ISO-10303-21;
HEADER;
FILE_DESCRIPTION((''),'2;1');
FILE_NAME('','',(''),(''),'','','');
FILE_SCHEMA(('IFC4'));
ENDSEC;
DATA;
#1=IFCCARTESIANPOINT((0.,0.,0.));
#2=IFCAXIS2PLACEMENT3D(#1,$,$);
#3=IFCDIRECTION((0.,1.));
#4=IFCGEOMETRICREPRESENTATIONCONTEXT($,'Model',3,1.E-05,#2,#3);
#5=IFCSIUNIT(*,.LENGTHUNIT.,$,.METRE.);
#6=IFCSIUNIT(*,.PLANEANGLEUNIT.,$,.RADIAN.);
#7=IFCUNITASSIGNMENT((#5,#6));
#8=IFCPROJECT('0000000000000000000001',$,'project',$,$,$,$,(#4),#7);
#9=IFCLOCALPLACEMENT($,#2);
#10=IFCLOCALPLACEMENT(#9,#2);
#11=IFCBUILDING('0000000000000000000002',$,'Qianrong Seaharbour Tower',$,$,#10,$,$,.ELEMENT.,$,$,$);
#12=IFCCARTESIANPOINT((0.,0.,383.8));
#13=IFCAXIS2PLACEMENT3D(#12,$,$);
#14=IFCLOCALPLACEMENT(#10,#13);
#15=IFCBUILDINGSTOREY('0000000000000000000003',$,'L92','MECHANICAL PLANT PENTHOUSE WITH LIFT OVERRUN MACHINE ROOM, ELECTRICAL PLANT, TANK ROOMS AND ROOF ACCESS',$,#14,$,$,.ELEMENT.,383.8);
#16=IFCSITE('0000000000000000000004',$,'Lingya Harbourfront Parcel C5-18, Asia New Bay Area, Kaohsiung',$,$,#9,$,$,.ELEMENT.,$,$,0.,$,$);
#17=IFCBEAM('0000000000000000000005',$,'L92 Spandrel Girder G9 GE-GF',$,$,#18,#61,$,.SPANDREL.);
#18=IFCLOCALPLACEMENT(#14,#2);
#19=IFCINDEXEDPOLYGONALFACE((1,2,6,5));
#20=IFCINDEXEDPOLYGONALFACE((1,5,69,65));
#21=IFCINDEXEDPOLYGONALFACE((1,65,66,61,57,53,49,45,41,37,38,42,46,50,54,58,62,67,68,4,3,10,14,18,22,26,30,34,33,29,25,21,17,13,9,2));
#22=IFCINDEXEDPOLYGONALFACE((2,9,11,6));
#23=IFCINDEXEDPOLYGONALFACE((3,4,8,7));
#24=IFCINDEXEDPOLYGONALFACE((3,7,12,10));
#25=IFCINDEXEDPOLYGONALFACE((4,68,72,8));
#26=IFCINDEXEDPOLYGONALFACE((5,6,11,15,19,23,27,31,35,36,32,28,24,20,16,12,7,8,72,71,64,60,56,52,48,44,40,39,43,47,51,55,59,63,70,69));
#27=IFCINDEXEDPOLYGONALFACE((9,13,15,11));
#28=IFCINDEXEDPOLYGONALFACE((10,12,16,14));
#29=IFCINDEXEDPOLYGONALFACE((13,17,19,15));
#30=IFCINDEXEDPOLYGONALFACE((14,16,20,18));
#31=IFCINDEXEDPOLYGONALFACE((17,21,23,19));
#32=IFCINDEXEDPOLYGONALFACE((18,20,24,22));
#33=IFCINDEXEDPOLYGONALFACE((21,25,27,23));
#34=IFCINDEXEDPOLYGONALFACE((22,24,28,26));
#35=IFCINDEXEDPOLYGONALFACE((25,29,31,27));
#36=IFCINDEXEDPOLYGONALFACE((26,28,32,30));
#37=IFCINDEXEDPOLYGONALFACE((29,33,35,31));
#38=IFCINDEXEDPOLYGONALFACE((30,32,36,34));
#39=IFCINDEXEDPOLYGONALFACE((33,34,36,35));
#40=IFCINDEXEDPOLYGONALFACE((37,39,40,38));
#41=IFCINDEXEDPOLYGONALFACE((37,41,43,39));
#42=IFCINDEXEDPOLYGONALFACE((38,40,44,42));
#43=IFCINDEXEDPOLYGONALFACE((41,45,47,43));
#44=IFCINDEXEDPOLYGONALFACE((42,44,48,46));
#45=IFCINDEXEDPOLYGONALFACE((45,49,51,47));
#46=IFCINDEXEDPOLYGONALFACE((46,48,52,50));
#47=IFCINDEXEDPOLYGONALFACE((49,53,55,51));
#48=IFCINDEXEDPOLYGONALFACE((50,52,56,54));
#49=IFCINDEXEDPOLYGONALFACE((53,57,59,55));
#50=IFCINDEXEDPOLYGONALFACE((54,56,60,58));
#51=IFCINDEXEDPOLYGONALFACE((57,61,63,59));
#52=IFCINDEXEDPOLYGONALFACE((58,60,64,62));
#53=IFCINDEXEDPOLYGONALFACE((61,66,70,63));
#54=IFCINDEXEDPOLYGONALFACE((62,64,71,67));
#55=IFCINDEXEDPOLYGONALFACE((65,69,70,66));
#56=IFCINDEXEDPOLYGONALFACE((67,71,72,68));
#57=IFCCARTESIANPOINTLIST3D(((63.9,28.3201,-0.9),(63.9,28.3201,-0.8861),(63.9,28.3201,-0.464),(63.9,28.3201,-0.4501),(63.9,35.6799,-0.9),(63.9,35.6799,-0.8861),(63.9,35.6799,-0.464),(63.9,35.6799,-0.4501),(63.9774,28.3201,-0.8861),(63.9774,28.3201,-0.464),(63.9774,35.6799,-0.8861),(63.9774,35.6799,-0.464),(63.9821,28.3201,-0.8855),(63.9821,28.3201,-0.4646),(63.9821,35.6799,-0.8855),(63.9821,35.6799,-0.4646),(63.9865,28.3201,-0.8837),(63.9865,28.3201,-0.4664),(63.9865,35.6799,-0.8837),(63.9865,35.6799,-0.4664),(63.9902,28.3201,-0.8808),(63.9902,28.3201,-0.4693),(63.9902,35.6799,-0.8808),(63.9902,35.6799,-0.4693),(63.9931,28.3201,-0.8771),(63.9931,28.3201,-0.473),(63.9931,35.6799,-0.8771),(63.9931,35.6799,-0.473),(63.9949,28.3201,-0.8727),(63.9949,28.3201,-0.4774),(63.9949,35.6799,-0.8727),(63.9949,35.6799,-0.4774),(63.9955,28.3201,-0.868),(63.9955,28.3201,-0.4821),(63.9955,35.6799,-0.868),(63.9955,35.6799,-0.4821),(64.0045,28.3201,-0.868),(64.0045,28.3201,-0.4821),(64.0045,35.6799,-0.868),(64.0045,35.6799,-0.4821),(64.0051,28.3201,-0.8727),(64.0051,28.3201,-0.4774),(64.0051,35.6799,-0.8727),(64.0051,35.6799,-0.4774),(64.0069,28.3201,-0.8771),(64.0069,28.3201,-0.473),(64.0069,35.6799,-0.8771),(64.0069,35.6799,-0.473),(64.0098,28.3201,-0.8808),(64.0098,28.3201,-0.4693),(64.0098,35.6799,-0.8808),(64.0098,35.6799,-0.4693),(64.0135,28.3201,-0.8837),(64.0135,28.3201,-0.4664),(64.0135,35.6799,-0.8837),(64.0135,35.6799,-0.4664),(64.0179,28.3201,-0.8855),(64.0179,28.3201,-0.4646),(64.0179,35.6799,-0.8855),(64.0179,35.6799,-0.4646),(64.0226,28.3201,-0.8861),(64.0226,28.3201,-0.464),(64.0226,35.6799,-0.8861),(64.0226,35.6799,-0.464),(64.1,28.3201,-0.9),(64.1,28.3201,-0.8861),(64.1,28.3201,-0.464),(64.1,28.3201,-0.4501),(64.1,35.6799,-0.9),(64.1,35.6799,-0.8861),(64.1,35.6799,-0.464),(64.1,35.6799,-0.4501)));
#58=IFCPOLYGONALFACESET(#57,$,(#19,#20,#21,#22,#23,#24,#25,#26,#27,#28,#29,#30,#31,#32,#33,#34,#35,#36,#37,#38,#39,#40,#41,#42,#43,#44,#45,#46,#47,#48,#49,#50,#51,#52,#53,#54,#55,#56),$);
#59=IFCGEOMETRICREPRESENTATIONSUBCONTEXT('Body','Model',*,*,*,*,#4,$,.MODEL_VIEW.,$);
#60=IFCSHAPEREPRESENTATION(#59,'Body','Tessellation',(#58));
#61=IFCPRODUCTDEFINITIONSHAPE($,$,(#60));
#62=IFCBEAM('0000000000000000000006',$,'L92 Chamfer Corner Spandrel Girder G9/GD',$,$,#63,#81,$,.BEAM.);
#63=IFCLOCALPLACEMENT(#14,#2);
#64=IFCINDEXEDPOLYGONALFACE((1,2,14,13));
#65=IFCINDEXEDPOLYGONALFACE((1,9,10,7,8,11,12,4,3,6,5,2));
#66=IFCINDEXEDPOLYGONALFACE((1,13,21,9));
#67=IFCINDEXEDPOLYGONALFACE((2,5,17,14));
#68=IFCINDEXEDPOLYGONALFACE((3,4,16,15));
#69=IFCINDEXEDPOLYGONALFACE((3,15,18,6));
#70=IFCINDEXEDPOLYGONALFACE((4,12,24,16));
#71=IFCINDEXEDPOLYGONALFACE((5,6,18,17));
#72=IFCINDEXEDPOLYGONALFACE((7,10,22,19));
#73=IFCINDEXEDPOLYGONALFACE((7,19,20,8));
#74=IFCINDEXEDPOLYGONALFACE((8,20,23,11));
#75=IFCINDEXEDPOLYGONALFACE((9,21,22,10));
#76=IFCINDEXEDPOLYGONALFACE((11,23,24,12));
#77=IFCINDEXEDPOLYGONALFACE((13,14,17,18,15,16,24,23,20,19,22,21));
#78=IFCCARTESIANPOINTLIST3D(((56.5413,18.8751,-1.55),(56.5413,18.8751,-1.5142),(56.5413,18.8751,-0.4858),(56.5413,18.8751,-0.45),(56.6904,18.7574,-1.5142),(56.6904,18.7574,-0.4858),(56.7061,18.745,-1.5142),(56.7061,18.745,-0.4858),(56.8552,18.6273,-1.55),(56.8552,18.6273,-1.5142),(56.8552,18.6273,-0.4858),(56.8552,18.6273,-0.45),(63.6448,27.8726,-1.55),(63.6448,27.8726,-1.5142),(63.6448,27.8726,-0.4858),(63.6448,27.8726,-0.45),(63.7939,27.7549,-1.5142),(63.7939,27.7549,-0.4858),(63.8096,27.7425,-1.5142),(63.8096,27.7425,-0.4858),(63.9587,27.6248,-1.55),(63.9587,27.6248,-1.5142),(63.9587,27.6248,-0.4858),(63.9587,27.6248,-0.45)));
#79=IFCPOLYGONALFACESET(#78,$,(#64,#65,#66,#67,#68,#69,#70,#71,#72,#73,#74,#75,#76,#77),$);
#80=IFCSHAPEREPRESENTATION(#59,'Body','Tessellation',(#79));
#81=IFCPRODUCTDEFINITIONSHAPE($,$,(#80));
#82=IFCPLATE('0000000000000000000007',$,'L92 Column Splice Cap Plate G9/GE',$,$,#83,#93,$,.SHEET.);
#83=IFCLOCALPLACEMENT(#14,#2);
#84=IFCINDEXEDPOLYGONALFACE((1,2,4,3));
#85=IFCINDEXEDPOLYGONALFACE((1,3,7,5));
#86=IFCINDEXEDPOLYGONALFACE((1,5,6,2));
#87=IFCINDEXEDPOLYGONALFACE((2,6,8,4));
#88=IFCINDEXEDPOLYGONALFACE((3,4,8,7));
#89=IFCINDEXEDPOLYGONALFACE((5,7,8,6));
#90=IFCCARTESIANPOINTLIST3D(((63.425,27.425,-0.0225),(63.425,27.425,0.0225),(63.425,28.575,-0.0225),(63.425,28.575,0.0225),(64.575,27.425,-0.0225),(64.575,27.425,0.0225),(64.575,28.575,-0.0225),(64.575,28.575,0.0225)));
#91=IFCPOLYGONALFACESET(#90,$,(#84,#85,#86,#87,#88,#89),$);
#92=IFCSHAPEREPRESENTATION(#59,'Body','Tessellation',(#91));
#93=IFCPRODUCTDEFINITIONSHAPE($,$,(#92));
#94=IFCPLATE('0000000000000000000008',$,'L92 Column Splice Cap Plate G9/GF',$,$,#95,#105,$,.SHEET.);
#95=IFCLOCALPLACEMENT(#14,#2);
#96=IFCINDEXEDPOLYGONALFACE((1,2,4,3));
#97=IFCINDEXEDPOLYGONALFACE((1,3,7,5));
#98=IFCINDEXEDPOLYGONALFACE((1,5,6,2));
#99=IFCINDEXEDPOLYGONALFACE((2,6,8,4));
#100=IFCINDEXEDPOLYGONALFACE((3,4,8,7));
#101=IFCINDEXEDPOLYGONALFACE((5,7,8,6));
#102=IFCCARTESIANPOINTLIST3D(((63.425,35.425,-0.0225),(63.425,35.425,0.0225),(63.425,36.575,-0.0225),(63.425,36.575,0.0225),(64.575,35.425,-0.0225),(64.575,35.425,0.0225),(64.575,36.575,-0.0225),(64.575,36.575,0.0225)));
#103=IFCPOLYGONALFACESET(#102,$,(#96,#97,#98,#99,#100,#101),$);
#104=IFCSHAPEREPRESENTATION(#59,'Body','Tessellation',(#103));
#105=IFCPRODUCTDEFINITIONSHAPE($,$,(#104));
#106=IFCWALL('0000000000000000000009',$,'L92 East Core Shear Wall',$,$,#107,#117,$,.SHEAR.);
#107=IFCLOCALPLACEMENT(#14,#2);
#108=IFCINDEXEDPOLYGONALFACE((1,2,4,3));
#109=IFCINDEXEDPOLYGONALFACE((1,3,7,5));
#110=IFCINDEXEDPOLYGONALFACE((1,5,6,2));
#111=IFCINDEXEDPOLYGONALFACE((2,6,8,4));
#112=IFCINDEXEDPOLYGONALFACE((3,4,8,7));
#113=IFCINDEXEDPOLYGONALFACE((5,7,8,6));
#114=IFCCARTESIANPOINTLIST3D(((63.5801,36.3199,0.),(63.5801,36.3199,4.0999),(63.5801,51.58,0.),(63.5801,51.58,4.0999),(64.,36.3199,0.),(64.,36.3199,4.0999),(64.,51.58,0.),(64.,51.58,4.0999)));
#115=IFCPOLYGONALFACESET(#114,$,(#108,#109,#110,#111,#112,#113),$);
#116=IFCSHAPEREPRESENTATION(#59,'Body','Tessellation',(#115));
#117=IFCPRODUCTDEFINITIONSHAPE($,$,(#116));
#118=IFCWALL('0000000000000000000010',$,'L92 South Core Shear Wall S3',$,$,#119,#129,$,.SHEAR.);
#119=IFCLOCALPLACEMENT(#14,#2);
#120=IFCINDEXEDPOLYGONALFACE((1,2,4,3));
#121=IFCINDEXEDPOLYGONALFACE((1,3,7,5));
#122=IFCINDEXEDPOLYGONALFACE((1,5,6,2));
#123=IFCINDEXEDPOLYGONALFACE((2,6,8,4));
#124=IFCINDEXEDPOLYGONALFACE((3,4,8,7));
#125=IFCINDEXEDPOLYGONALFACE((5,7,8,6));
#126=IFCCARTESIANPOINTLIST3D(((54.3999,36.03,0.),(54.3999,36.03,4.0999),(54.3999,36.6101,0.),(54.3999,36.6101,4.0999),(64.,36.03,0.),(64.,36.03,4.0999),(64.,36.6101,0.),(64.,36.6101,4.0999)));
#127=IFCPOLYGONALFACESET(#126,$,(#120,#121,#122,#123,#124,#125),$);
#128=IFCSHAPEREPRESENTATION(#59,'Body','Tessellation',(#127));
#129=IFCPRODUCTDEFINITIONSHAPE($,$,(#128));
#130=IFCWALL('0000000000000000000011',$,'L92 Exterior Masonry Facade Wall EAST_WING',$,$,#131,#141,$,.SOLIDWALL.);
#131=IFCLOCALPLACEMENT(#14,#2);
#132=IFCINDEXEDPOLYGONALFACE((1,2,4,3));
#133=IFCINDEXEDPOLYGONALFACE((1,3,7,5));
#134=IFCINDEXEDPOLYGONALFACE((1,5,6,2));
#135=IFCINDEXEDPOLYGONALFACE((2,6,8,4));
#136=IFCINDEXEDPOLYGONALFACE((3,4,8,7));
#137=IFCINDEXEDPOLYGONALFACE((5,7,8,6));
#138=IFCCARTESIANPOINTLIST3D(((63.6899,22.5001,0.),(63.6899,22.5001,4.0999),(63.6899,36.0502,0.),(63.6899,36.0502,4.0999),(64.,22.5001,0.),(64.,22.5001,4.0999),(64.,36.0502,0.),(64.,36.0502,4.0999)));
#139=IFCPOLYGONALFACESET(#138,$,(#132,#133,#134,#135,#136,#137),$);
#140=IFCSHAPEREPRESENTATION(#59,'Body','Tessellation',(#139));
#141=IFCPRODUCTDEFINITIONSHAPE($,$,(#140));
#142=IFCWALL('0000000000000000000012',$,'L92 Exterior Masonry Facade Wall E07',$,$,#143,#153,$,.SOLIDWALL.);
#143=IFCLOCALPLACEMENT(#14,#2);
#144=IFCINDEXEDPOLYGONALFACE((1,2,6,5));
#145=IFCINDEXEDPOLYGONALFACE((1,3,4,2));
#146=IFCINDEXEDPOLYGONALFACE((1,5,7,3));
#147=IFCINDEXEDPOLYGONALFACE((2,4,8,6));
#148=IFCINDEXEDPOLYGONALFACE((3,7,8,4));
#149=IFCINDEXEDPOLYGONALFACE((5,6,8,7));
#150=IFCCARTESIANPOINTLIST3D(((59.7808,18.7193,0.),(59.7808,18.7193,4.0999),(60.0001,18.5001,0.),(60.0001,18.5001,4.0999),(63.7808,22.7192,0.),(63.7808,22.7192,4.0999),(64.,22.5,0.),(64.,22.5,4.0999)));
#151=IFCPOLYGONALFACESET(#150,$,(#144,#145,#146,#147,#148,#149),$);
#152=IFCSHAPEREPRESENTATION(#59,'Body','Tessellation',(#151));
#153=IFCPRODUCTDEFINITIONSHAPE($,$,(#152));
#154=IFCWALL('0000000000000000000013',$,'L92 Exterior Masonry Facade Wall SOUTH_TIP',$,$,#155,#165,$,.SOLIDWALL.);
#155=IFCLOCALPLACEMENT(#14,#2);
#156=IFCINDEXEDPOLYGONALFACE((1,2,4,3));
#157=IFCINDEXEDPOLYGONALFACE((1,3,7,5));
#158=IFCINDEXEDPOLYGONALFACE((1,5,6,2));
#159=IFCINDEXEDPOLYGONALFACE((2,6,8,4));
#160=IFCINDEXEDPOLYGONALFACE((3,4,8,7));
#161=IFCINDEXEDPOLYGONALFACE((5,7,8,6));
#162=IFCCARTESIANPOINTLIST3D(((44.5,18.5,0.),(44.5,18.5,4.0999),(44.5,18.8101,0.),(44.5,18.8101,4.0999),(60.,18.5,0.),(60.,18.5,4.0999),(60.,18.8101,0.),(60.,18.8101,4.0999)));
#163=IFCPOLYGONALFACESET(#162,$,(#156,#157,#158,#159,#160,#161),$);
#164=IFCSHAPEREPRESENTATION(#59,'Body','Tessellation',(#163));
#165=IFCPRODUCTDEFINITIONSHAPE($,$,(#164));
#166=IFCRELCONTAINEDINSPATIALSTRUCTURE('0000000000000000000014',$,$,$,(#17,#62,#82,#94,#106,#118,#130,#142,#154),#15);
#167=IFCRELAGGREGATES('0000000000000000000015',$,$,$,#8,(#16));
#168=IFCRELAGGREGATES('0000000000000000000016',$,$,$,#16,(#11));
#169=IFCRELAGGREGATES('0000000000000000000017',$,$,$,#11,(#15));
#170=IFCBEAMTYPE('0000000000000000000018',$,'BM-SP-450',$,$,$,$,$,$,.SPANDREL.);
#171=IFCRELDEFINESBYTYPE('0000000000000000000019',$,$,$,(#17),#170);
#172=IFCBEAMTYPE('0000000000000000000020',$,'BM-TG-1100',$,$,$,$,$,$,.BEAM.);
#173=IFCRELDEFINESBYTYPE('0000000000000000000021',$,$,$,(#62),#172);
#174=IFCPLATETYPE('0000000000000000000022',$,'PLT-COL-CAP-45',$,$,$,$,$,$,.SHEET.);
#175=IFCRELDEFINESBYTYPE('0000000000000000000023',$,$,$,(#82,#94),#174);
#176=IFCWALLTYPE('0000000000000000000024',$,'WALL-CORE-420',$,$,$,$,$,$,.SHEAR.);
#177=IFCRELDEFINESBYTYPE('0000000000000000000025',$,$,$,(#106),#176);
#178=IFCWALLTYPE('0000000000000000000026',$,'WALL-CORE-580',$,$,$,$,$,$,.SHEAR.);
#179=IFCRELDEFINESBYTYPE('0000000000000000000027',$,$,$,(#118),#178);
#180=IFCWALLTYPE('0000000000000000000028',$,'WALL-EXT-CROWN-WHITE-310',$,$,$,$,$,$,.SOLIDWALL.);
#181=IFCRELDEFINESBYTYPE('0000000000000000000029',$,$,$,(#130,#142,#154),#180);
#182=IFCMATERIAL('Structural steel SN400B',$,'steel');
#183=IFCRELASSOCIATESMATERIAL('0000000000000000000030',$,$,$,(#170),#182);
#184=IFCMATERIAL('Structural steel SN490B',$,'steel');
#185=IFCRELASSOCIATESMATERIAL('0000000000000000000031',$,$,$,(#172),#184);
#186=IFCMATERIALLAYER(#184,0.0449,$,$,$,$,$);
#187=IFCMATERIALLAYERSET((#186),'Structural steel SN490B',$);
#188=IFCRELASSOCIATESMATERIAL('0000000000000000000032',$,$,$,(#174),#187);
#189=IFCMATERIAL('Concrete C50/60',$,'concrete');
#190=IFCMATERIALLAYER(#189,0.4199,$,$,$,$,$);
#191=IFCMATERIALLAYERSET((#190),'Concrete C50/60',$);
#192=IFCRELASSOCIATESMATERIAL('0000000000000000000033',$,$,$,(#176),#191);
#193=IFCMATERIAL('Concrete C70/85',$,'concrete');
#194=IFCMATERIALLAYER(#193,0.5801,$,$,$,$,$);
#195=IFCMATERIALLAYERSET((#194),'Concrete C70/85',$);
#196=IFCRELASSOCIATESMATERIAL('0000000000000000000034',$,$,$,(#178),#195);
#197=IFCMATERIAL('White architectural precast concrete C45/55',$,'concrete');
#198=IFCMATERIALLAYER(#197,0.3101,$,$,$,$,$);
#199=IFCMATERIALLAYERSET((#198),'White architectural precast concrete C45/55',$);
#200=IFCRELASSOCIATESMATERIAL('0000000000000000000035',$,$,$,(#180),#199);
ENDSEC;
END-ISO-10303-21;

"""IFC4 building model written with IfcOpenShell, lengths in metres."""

from ifc_helpers import new_model, si_unit, direction, frame, frame_2d, origin, origin_2d, place, context, subcontext, project, spatial, rectangle, i_section, extrude, material, layer, layer_set, material_profile, profile_set, type_object, element, save


model = new_model("IFC4")

# Units and contexts
model_context = context("Model", 3, precision=1e-05, world=origin(), true_north=direction((0.0, 1.0)))
body_context = subcontext(model_context, "Body", "Model", "MODEL_VIEW")
ifc_project = project(units=[si_unit("LENGTHUNIT", "METRE"), si_unit("PLANEANGLEUNIT", "RADIAN")], contexts=[model_context])

# Site, building, storey
site_placement = place(None, origin())
site = spatial("IfcSite", under=ifc_project, at=site_placement, Name="Lingya Harbourfront Parcel C5-18, Asia New Bay Area, Kaohsiung", CompositionType="ELEMENT", RefElevation=0.0)
building_placement = place(site_placement, origin())
building = spatial("IfcBuilding", under=site, at=building_placement, Name="Qianrong Seaharbour Tower", CompositionType="ELEMENT")
storey_placement = place(building_placement, frame((0.0, 0.0, 383.8)))
storey = spatial("IfcBuildingStorey", under=building, at=storey_placement, Name="L92", Description="MECHANICAL PLANT PENTHOUSE WITH LIFT OVERRUN MACHINE ROOM, ELECTRICAL PLANT, TANK ROOMS AND ROOF ACCESS", CompositionType="ELEMENT", Elevation=383.8)

# Shared definitions
ifc_material_1 = material(Name="Structural steel SN490B", Category="steel")
ifc_material_2 = material(Name="Concrete C50/60", Category="concrete")
ifc_material_3 = material(Name="Structural steel SN400B", Category="steel")

# Beams
ifc_material_profile_1 = material_profile(ifc_material_3, i_section(OverallWidth=0.2, OverallDepth=0.45, WebThickness=0.009, FlangeThickness=0.0139, FilletRadius=0.0181, at=origin_2d()), Name="H450x200x9x14")
ifc_profile_set_1 = profile_set([ifc_material_profile_1], Name="Structural steel SN400B")
beam_type_1 = type_object("IfcBeamType", Name="BM-SP-450", PredefinedType="SPANDREL", material=ifc_profile_set_1)
beam_1_placement = place(storey_placement, frame((64.0, 28.3201, -0.675), z_axis=(0.0, 1.0, 0.0), x_axis=(-1.0, 0.0, 0.0)))
element("IfcBeam", 1, at=beam_1_placement, inside=storey, type_object=beam_type_1, Name="L92 Spandrel Girder G9 GE-GF", PredefinedType="SPANDREL", context=body_context, shape_type="SweptSolid", body=[
    extrude(i_section(OverallWidth=0.2, OverallDepth=0.45, WebThickness=0.009, FlangeThickness=0.0139, FilletRadius=0.0181, at=origin_2d()), origin(), (0.0, 0.0, 1.0), 7.3599),
])
ifc_material_profile_2 = material_profile(ifc_material_1, i_section(OverallWidth=0.3999, OverallDepth=1.1001, WebThickness=0.02, FlangeThickness=0.0359, at=origin_2d()), Name="BH1100x400x20x36")
ifc_profile_set_2 = profile_set([ifc_material_profile_2], Name="Structural steel SN490B")
beam_type_2 = type_object("IfcBeamType", Name="BM-TG-1100", PredefinedType="BEAM", material=ifc_profile_set_2)
beam_2_placement = place(storey_placement, frame((56.6982, 18.7512, -1.0), z_axis=(0.619654, 0.784875, 0.0), x_axis=(-0.784875, 0.619654, 0.0)))
element("IfcBeam", 2, at=beam_2_placement, inside=storey, type_object=beam_type_2, Name="L92 Chamfer Corner Spandrel Girder G9/GD", PredefinedType="BEAM", context=body_context, shape_type="SweptSolid", body=[
    extrude(i_section(OverallWidth=0.3999, OverallDepth=1.1001, WebThickness=0.02, FlangeThickness=0.0359, at=origin_2d()), origin(), (0.0, 0.0, 1.0), 11.4636),
])

# Plates
ifc_layer_1 = layer(ifc_material_1, 0.0449)
ifc_layer_set_1 = layer_set([ifc_layer_1], Name="Structural steel SN490B")
plate_type = type_object("IfcPlateType", Name="PLT-COL-CAP-45", PredefinedType="SHEET", material=ifc_layer_set_1)
for number, where, z_axis, x_axis, name in (
    (3, (64.0, 28.0, -0.0225), (0.0, 0.0, 1.0), (1.0, 0.0, 0.0), "L92 Column Splice Cap Plate G9/GE"),
    (4, (64.0, 36.0, -0.0225), (0.0, 0.0, 1.0), (1.0, 0.0, 0.0), "L92 Column Splice Cap Plate G9/GF"),
):
    element("IfcPlate", number, at=place(storey_placement, frame(where, z_axis=z_axis, x_axis=x_axis)), inside=storey, type_object=plate_type, Name=name, PredefinedType="SHEET", context=body_context, shape_type="SweptSolid", body=[
        extrude(rectangle(XDim=1.1499, YDim=1.1499, at=origin_2d()), origin(), (0.0, 0.0, 1.0), 0.0449),
    ])

# Walls
ifc_layer_2 = layer(ifc_material_2, 0.4199)
ifc_layer_set_2 = layer_set([ifc_layer_2], Name="Concrete C50/60")
wall_type_1 = type_object("IfcWallType", Name="WALL-CORE-420", PredefinedType="SHEAR", material=ifc_layer_set_2)
wall_1_placement = place(storey_placement, frame((63.79, 36.3201, 0.0), z_axis=(0.0, 0.0, 1.0), x_axis=(0.0, 1.0, 0.0)))
element("IfcWall", 5, at=wall_1_placement, inside=storey, type_object=wall_type_1, Name="L92 East Core Shear Wall", PredefinedType="SHEAR", context=body_context, shape_type="SweptSolid", body=[
    extrude(rectangle(XDim=15.26, YDim=0.4199, at=frame_2d((7.6299, 0.0))), origin(), (0.0, 0.0, 1.0), 4.0999),
])
ifc_material_4 = material(Name="Concrete C70/85", Category="concrete")
ifc_layer_3 = layer(ifc_material_4, 0.5801)
ifc_layer_set_3 = layer_set([ifc_layer_3], Name="Concrete C70/85")
wall_type_2 = type_object("IfcWallType", Name="WALL-CORE-580", PredefinedType="SHEAR", material=ifc_layer_set_3)
wall_2_placement = place(storey_placement, frame((54.3999, 36.3201, 0.0), z_axis=(0.0, 0.0, 1.0), x_axis=(1.0, 0.0, 0.0)))
element("IfcWall", 6, at=wall_2_placement, inside=storey, type_object=wall_type_2, Name="L92 South Core Shear Wall S3", PredefinedType="SHEAR", context=body_context, shape_type="SweptSolid", body=[
    extrude(rectangle(XDim=9.6001, YDim=0.5801, at=frame_2d((4.8, 0.0))), origin(), (0.0, 0.0, 1.0), 4.0999),
])
ifc_material_5 = material(Name="White architectural precast concrete C45/55", Category="concrete")
ifc_layer_4 = layer(ifc_material_5, 0.3101)
ifc_layer_set_4 = layer_set([ifc_layer_4], Name="White architectural precast concrete C45/55")
wall_type_3 = type_object("IfcWallType", Name="WALL-EXT-CROWN-WHITE-310", PredefinedType="SOLIDWALL", material=ifc_layer_set_4)
wall_3_placement = place(storey_placement, frame((63.845, 36.05, 0.0), z_axis=(0.0, 0.0, 1.0), x_axis=(0.0, -1.0, 0.0)))
element("IfcWall", 7, at=wall_3_placement, inside=storey, type_object=wall_type_3, Name="L92 Exterior Masonry Facade Wall EAST_WING", PredefinedType="SOLIDWALL", context=body_context, shape_type="SweptSolid", body=[
    extrude(rectangle(XDim=13.55, YDim=0.3101, at=frame_2d((6.7749, 0.0))), origin(), (0.0, 0.0, 1.0), 4.0999),
])
wall_4_placement = place(storey_placement, frame((63.8904, 22.6096, 0.0), z_axis=(0.0, 0.0, 1.0), x_axis=(-0.707107, -0.707107, 0.0)))
element("IfcWall", 8, at=wall_4_placement, inside=storey, type_object=wall_type_3, Name="L92 Exterior Masonry Facade Wall E07", PredefinedType="SOLIDWALL", context=body_context, shape_type="SweptSolid", body=[
    extrude(rectangle(XDim=5.6567, YDim=0.3101, at=frame_2d((2.8284, 0.0))), origin(), (0.0, 0.0, 1.0), 4.0999),
])
wall_5_placement = place(storey_placement, frame((60.0, 18.655, 0.0), z_axis=(0.0, 0.0, 1.0), x_axis=(-1.0, 0.0, 0.0)))
element("IfcWall", 9, at=wall_5_placement, inside=storey, type_object=wall_type_3, Name="L92 Exterior Masonry Facade Wall SOUTH_TIP", PredefinedType="SOLIDWALL", context=body_context, shape_type="SweptSolid", body=[
    extrude(rectangle(XDim=15.5, YDim=0.3101, at=frame_2d((7.75, 0.0))), origin(), (0.0, 0.0, 1.0), 4.0999),
])

save(model, "model.ifc")
